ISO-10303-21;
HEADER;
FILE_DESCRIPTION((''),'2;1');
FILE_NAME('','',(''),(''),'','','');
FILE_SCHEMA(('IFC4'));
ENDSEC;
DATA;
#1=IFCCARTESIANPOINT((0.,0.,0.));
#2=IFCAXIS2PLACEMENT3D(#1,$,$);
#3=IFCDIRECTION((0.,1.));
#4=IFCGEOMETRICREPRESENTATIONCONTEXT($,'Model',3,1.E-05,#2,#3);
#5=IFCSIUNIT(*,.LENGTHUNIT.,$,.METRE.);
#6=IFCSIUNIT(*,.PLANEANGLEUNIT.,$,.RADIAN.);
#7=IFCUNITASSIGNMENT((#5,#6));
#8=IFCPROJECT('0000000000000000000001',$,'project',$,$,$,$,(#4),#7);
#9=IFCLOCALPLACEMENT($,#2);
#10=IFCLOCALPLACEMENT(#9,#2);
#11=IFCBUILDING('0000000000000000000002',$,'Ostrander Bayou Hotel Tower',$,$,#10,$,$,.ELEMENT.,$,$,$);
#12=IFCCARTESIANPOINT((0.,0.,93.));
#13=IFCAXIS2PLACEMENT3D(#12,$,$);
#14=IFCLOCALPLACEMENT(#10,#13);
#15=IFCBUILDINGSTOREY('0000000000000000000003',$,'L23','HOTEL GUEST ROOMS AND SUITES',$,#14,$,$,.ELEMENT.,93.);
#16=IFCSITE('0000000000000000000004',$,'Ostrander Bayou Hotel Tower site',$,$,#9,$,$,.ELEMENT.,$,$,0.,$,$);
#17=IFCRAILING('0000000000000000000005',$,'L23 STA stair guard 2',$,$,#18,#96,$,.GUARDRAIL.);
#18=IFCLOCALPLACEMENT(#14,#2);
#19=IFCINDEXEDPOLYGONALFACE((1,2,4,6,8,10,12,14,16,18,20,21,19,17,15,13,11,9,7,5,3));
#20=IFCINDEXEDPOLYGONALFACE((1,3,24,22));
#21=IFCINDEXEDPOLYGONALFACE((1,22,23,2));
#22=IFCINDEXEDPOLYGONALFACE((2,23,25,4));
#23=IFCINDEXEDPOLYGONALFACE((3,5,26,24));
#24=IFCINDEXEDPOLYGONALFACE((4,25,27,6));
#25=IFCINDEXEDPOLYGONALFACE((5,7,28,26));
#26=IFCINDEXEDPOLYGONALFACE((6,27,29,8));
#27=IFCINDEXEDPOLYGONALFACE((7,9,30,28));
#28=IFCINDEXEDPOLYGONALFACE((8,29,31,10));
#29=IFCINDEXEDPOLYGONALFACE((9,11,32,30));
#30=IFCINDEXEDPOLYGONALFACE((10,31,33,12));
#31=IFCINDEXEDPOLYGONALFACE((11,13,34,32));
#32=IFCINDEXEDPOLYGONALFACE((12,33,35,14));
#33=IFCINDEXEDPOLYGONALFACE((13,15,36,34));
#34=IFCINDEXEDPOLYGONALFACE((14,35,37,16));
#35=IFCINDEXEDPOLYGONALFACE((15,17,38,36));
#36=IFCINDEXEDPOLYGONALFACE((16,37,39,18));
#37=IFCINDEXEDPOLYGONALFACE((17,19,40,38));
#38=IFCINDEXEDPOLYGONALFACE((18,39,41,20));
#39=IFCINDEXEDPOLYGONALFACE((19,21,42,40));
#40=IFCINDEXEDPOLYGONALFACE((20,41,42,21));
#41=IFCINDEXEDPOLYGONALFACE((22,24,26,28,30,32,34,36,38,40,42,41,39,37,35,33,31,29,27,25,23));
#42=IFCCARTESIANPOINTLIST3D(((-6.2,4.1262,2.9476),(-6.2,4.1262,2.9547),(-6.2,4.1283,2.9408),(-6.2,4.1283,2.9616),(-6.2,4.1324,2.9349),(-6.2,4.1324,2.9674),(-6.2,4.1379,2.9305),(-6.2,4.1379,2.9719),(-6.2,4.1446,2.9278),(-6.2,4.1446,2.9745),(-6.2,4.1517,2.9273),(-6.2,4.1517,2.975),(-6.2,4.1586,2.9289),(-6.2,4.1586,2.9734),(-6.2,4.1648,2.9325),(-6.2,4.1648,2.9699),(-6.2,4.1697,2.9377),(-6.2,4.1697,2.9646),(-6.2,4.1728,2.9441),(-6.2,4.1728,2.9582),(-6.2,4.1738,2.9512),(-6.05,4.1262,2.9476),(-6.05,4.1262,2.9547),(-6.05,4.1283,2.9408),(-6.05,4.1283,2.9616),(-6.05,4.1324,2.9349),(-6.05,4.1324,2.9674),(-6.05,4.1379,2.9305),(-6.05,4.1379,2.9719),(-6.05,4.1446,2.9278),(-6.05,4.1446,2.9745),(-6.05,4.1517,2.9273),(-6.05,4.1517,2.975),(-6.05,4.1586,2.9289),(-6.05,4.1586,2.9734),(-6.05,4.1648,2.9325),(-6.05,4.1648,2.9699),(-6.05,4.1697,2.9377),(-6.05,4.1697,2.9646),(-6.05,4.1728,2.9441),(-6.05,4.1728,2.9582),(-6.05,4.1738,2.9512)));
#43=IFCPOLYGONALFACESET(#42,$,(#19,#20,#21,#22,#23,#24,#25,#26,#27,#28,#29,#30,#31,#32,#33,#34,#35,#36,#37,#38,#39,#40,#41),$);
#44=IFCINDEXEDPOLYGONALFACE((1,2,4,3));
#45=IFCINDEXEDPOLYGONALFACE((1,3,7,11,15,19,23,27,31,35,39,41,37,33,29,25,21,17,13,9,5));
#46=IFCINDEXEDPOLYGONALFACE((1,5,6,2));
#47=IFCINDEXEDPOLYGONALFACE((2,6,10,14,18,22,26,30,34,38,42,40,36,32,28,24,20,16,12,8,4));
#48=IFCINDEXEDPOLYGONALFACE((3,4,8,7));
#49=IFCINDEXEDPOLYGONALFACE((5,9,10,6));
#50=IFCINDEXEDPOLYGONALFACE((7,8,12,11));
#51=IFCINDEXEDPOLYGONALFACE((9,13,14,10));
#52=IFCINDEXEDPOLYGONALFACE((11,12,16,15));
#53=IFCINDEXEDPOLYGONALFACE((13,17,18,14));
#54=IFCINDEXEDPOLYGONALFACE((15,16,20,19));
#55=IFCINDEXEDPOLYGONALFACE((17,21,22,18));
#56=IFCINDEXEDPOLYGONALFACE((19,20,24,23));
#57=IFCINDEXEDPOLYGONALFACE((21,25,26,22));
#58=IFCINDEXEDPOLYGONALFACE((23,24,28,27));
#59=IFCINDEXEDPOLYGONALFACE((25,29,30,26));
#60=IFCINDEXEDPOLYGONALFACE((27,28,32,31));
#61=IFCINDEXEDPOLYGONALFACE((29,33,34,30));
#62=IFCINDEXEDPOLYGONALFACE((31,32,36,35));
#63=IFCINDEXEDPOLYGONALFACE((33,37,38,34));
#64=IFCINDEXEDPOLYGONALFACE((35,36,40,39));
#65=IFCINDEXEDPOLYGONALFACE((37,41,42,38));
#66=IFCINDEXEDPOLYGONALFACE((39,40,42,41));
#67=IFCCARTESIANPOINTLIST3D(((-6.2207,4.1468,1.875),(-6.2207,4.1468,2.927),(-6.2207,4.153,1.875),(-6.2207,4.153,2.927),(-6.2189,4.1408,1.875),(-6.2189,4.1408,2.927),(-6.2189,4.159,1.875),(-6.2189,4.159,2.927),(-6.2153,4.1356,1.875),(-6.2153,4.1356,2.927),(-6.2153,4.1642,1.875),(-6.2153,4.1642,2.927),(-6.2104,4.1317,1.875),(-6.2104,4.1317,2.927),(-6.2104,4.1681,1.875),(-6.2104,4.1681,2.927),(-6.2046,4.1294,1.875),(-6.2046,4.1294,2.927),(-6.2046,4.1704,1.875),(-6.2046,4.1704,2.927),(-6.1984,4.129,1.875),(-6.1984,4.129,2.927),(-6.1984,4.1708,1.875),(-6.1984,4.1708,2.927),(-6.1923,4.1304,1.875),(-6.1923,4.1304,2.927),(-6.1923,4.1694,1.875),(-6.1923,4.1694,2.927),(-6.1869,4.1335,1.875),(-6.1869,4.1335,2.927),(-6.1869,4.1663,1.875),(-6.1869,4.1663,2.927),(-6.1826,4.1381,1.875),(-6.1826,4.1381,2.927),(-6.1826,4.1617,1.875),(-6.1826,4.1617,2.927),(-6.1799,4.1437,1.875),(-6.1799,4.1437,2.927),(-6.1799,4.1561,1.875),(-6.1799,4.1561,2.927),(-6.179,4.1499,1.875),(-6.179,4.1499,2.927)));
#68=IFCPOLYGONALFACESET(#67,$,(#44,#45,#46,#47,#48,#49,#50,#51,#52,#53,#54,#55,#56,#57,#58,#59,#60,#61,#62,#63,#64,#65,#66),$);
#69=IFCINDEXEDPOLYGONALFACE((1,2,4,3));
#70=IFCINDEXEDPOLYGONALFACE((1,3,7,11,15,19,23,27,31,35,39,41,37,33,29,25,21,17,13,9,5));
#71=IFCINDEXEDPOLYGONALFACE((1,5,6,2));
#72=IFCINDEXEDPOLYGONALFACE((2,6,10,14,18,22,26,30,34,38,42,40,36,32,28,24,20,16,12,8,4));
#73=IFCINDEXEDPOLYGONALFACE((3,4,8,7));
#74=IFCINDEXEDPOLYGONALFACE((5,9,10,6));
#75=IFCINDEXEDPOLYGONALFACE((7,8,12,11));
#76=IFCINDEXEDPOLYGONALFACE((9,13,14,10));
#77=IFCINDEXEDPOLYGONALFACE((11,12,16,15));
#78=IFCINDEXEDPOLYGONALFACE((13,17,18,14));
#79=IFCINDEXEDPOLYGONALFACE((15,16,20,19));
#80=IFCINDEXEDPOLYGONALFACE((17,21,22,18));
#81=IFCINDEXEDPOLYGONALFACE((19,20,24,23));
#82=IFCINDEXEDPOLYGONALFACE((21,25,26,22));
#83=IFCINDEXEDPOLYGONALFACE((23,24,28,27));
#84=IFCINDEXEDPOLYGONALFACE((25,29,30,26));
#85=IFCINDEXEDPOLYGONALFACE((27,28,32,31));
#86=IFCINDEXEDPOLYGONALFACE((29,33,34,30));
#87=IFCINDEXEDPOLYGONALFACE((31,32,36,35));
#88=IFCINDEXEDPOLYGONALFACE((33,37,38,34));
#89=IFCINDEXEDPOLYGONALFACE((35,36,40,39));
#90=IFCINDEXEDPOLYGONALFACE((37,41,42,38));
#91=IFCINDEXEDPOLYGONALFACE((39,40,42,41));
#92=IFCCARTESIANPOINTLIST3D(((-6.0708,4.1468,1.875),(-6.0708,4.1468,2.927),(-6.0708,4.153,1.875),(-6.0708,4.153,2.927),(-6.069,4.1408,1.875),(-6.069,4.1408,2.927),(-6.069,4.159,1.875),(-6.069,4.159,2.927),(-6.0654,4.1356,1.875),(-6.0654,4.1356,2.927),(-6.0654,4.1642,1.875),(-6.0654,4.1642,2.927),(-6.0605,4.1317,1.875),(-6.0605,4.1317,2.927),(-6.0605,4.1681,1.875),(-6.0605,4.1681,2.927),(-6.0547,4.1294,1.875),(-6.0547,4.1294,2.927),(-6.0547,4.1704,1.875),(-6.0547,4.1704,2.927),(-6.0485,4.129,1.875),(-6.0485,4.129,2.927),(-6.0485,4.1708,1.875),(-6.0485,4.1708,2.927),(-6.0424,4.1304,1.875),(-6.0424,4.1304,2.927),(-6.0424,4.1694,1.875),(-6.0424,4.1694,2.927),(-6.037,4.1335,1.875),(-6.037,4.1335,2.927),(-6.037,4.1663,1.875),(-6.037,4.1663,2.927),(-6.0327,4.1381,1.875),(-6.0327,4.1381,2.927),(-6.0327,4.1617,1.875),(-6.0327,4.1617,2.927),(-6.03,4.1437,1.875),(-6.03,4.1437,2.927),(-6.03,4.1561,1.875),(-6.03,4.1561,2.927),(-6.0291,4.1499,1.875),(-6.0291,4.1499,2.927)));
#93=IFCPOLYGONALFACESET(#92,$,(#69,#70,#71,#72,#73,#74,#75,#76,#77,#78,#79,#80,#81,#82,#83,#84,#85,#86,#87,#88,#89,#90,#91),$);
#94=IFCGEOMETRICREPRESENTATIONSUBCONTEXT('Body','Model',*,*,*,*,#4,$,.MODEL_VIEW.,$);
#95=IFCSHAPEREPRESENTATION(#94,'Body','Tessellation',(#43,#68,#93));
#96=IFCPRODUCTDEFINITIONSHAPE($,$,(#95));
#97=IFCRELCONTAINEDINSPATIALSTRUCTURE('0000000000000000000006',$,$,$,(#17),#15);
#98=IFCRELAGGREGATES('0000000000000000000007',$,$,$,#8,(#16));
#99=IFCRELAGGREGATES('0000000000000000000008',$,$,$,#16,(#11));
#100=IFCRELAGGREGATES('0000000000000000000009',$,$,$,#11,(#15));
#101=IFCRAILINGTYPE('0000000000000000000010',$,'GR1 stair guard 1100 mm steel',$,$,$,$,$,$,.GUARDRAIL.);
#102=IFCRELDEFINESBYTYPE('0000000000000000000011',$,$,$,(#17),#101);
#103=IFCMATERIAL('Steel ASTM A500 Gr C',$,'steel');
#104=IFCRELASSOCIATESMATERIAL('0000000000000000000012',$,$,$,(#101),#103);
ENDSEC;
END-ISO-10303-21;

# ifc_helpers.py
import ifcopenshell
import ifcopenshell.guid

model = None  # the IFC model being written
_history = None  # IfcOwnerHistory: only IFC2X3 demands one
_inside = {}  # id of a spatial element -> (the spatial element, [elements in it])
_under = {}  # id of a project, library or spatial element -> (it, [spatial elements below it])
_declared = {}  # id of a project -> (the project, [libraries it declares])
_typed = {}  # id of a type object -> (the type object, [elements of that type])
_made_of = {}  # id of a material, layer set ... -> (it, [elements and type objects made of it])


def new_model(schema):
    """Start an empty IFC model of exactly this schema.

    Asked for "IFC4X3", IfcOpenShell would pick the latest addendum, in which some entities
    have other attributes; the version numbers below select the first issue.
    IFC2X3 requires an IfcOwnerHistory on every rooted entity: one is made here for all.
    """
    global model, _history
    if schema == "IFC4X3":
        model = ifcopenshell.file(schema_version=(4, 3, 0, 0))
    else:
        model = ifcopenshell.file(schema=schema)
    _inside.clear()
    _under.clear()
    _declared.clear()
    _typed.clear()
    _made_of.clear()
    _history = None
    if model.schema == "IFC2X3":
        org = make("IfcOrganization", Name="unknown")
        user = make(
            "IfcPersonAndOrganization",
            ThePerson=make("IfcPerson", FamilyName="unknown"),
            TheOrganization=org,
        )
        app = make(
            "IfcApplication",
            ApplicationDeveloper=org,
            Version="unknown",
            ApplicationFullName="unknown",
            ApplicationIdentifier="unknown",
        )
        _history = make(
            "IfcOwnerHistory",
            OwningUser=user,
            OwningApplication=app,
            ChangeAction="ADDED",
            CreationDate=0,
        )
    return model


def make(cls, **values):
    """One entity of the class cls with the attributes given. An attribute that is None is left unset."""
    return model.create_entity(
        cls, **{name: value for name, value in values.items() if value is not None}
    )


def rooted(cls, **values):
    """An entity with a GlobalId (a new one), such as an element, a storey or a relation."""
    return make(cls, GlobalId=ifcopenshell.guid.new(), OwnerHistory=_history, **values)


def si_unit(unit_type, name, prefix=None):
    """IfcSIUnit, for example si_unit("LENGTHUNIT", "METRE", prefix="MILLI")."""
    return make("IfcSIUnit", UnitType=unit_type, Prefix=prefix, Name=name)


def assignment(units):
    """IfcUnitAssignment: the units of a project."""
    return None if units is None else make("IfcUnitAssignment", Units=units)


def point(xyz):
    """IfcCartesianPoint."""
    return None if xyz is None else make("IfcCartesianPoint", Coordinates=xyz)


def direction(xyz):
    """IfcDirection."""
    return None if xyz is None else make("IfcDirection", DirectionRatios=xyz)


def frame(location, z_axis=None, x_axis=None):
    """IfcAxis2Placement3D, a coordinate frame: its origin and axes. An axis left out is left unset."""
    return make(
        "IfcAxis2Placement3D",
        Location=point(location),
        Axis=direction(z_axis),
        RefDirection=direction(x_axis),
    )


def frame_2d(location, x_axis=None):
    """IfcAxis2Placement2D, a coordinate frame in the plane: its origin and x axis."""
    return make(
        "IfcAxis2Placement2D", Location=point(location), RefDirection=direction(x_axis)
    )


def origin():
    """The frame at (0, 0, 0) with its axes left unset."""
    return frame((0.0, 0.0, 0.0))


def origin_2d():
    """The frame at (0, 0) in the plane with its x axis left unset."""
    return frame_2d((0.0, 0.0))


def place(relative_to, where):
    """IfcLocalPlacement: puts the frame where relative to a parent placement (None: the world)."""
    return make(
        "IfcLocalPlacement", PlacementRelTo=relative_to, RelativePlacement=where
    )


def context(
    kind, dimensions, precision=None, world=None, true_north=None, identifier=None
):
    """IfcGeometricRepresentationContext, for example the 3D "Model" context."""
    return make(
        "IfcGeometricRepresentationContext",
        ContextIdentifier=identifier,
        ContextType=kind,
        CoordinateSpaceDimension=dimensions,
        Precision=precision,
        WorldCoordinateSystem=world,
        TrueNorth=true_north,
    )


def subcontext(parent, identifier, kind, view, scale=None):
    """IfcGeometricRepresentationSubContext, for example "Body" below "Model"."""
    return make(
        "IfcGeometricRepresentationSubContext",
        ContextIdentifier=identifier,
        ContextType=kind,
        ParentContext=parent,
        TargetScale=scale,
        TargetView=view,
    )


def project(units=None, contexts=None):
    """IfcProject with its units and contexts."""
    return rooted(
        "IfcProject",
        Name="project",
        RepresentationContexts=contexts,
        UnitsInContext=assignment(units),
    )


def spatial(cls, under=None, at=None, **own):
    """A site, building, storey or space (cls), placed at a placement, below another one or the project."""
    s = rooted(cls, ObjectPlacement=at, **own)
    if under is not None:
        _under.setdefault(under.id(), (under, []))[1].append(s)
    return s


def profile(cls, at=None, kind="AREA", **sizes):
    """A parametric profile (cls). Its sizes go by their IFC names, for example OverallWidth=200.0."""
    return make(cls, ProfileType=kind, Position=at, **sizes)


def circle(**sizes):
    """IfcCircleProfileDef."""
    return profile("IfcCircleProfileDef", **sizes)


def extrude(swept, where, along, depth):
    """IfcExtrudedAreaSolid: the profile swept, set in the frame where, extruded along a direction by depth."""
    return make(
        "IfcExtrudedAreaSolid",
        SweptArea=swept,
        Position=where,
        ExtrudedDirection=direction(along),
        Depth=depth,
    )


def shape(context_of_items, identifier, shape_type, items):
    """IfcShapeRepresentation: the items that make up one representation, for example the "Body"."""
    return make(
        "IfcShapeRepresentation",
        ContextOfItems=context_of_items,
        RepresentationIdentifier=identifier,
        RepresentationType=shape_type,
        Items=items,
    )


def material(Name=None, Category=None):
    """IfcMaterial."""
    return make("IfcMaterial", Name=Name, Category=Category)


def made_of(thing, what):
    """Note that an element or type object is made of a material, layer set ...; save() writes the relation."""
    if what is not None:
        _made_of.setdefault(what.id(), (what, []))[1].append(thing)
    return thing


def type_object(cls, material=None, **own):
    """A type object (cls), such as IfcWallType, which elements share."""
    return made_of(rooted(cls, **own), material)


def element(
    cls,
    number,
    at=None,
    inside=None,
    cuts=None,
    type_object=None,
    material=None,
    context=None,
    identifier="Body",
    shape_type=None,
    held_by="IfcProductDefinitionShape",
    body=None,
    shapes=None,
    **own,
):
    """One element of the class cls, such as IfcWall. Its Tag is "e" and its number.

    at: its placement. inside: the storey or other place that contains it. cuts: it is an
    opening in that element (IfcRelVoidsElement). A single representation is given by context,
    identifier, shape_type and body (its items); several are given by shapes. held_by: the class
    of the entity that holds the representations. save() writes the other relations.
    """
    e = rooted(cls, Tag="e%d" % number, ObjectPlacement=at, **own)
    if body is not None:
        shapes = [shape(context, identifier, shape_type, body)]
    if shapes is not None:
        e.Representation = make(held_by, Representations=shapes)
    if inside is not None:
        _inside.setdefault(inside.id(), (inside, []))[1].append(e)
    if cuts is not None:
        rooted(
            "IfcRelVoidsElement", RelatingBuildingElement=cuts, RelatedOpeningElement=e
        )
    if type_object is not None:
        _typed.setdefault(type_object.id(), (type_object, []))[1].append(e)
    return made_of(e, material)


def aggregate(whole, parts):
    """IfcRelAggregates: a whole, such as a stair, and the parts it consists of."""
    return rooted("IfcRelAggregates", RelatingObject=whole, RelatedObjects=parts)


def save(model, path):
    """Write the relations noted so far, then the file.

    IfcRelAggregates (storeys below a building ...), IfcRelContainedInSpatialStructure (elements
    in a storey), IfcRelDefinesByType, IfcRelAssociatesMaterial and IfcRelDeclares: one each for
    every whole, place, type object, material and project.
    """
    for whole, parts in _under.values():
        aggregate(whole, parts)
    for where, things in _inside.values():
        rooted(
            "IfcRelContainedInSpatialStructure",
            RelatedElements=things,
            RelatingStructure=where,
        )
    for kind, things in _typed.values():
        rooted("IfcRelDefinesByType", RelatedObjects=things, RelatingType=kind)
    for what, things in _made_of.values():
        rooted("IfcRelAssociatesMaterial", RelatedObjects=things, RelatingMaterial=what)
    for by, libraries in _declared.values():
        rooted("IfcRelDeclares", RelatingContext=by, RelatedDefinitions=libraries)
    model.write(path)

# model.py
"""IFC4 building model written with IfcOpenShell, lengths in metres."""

from ifc_helpers import new_model, si_unit, direction, frame, origin, origin_2d, place, context, subcontext, project, spatial, circle, extrude, material, type_object, element, save


model = new_model("IFC4")

# Units and contexts
model_context = context("Model", 3, precision=1e-05, world=origin(), true_north=direction((0.0, 1.0)))
body_context = subcontext(model_context, "Body", "Model", "MODEL_VIEW")
ifc_project = project(units=[si_unit("LENGTHUNIT", "METRE"), si_unit("PLANEANGLEUNIT", "RADIAN")], contexts=[model_context])

# Site, building, storey
site_placement = place(None, origin())
site = spatial("IfcSite", under=ifc_project, at=site_placement, Name="Ostrander Bayou Hotel Tower site", CompositionType="ELEMENT", RefElevation=0.0)
building_placement = place(site_placement, origin())
building = spatial("IfcBuilding", under=site, at=building_placement, Name="Ostrander Bayou Hotel Tower", CompositionType="ELEMENT")
storey_placement = place(building_placement, frame((0.0, 0.0, 93.0)))
storey = spatial("IfcBuildingStorey", under=building, at=storey_placement, Name="L23", Description="HOTEL GUEST ROOMS AND SUITES", CompositionType="ELEMENT", Elevation=93.0)

# Railing
ifc_material_1 = material(Name="Steel ASTM A500 Gr C", Category="steel")
railing_type_1 = type_object("IfcRailingType", Name="GR1 stair guard 1100 mm steel", PredefinedType="GUARDRAIL", material=ifc_material_1)
railing_1_placement = place(storey_placement, frame((-6.2, 4.1499, 1.875)))
element("IfcRailing", 1, at=railing_1_placement, inside=storey, type_object=railing_type_1, Name="L23 STA stair guard 2", PredefinedType="GUARDRAIL", context=body_context, shape_type="SweptSolid", body=[
    extrude(circle(Radius=0.0239, at=origin_2d()), frame((0.0, 0.0, 1.0762), z_axis=(1.0, 0.0, 0.0), x_axis=(0.0, 1.0, 0.0)), (0.0, 0.0, 1.0), 0.1499),
    extrude(circle(Radius=0.021, at=origin_2d()), origin(), (0.0, 0.0, 1.0), 1.052),
    extrude(circle(Radius=0.021, at=origin_2d()), frame((0.1499, 0.0, 0.0)), (0.0, 0.0, 1.0), 1.052),
])

save(model, "model.ifc")
